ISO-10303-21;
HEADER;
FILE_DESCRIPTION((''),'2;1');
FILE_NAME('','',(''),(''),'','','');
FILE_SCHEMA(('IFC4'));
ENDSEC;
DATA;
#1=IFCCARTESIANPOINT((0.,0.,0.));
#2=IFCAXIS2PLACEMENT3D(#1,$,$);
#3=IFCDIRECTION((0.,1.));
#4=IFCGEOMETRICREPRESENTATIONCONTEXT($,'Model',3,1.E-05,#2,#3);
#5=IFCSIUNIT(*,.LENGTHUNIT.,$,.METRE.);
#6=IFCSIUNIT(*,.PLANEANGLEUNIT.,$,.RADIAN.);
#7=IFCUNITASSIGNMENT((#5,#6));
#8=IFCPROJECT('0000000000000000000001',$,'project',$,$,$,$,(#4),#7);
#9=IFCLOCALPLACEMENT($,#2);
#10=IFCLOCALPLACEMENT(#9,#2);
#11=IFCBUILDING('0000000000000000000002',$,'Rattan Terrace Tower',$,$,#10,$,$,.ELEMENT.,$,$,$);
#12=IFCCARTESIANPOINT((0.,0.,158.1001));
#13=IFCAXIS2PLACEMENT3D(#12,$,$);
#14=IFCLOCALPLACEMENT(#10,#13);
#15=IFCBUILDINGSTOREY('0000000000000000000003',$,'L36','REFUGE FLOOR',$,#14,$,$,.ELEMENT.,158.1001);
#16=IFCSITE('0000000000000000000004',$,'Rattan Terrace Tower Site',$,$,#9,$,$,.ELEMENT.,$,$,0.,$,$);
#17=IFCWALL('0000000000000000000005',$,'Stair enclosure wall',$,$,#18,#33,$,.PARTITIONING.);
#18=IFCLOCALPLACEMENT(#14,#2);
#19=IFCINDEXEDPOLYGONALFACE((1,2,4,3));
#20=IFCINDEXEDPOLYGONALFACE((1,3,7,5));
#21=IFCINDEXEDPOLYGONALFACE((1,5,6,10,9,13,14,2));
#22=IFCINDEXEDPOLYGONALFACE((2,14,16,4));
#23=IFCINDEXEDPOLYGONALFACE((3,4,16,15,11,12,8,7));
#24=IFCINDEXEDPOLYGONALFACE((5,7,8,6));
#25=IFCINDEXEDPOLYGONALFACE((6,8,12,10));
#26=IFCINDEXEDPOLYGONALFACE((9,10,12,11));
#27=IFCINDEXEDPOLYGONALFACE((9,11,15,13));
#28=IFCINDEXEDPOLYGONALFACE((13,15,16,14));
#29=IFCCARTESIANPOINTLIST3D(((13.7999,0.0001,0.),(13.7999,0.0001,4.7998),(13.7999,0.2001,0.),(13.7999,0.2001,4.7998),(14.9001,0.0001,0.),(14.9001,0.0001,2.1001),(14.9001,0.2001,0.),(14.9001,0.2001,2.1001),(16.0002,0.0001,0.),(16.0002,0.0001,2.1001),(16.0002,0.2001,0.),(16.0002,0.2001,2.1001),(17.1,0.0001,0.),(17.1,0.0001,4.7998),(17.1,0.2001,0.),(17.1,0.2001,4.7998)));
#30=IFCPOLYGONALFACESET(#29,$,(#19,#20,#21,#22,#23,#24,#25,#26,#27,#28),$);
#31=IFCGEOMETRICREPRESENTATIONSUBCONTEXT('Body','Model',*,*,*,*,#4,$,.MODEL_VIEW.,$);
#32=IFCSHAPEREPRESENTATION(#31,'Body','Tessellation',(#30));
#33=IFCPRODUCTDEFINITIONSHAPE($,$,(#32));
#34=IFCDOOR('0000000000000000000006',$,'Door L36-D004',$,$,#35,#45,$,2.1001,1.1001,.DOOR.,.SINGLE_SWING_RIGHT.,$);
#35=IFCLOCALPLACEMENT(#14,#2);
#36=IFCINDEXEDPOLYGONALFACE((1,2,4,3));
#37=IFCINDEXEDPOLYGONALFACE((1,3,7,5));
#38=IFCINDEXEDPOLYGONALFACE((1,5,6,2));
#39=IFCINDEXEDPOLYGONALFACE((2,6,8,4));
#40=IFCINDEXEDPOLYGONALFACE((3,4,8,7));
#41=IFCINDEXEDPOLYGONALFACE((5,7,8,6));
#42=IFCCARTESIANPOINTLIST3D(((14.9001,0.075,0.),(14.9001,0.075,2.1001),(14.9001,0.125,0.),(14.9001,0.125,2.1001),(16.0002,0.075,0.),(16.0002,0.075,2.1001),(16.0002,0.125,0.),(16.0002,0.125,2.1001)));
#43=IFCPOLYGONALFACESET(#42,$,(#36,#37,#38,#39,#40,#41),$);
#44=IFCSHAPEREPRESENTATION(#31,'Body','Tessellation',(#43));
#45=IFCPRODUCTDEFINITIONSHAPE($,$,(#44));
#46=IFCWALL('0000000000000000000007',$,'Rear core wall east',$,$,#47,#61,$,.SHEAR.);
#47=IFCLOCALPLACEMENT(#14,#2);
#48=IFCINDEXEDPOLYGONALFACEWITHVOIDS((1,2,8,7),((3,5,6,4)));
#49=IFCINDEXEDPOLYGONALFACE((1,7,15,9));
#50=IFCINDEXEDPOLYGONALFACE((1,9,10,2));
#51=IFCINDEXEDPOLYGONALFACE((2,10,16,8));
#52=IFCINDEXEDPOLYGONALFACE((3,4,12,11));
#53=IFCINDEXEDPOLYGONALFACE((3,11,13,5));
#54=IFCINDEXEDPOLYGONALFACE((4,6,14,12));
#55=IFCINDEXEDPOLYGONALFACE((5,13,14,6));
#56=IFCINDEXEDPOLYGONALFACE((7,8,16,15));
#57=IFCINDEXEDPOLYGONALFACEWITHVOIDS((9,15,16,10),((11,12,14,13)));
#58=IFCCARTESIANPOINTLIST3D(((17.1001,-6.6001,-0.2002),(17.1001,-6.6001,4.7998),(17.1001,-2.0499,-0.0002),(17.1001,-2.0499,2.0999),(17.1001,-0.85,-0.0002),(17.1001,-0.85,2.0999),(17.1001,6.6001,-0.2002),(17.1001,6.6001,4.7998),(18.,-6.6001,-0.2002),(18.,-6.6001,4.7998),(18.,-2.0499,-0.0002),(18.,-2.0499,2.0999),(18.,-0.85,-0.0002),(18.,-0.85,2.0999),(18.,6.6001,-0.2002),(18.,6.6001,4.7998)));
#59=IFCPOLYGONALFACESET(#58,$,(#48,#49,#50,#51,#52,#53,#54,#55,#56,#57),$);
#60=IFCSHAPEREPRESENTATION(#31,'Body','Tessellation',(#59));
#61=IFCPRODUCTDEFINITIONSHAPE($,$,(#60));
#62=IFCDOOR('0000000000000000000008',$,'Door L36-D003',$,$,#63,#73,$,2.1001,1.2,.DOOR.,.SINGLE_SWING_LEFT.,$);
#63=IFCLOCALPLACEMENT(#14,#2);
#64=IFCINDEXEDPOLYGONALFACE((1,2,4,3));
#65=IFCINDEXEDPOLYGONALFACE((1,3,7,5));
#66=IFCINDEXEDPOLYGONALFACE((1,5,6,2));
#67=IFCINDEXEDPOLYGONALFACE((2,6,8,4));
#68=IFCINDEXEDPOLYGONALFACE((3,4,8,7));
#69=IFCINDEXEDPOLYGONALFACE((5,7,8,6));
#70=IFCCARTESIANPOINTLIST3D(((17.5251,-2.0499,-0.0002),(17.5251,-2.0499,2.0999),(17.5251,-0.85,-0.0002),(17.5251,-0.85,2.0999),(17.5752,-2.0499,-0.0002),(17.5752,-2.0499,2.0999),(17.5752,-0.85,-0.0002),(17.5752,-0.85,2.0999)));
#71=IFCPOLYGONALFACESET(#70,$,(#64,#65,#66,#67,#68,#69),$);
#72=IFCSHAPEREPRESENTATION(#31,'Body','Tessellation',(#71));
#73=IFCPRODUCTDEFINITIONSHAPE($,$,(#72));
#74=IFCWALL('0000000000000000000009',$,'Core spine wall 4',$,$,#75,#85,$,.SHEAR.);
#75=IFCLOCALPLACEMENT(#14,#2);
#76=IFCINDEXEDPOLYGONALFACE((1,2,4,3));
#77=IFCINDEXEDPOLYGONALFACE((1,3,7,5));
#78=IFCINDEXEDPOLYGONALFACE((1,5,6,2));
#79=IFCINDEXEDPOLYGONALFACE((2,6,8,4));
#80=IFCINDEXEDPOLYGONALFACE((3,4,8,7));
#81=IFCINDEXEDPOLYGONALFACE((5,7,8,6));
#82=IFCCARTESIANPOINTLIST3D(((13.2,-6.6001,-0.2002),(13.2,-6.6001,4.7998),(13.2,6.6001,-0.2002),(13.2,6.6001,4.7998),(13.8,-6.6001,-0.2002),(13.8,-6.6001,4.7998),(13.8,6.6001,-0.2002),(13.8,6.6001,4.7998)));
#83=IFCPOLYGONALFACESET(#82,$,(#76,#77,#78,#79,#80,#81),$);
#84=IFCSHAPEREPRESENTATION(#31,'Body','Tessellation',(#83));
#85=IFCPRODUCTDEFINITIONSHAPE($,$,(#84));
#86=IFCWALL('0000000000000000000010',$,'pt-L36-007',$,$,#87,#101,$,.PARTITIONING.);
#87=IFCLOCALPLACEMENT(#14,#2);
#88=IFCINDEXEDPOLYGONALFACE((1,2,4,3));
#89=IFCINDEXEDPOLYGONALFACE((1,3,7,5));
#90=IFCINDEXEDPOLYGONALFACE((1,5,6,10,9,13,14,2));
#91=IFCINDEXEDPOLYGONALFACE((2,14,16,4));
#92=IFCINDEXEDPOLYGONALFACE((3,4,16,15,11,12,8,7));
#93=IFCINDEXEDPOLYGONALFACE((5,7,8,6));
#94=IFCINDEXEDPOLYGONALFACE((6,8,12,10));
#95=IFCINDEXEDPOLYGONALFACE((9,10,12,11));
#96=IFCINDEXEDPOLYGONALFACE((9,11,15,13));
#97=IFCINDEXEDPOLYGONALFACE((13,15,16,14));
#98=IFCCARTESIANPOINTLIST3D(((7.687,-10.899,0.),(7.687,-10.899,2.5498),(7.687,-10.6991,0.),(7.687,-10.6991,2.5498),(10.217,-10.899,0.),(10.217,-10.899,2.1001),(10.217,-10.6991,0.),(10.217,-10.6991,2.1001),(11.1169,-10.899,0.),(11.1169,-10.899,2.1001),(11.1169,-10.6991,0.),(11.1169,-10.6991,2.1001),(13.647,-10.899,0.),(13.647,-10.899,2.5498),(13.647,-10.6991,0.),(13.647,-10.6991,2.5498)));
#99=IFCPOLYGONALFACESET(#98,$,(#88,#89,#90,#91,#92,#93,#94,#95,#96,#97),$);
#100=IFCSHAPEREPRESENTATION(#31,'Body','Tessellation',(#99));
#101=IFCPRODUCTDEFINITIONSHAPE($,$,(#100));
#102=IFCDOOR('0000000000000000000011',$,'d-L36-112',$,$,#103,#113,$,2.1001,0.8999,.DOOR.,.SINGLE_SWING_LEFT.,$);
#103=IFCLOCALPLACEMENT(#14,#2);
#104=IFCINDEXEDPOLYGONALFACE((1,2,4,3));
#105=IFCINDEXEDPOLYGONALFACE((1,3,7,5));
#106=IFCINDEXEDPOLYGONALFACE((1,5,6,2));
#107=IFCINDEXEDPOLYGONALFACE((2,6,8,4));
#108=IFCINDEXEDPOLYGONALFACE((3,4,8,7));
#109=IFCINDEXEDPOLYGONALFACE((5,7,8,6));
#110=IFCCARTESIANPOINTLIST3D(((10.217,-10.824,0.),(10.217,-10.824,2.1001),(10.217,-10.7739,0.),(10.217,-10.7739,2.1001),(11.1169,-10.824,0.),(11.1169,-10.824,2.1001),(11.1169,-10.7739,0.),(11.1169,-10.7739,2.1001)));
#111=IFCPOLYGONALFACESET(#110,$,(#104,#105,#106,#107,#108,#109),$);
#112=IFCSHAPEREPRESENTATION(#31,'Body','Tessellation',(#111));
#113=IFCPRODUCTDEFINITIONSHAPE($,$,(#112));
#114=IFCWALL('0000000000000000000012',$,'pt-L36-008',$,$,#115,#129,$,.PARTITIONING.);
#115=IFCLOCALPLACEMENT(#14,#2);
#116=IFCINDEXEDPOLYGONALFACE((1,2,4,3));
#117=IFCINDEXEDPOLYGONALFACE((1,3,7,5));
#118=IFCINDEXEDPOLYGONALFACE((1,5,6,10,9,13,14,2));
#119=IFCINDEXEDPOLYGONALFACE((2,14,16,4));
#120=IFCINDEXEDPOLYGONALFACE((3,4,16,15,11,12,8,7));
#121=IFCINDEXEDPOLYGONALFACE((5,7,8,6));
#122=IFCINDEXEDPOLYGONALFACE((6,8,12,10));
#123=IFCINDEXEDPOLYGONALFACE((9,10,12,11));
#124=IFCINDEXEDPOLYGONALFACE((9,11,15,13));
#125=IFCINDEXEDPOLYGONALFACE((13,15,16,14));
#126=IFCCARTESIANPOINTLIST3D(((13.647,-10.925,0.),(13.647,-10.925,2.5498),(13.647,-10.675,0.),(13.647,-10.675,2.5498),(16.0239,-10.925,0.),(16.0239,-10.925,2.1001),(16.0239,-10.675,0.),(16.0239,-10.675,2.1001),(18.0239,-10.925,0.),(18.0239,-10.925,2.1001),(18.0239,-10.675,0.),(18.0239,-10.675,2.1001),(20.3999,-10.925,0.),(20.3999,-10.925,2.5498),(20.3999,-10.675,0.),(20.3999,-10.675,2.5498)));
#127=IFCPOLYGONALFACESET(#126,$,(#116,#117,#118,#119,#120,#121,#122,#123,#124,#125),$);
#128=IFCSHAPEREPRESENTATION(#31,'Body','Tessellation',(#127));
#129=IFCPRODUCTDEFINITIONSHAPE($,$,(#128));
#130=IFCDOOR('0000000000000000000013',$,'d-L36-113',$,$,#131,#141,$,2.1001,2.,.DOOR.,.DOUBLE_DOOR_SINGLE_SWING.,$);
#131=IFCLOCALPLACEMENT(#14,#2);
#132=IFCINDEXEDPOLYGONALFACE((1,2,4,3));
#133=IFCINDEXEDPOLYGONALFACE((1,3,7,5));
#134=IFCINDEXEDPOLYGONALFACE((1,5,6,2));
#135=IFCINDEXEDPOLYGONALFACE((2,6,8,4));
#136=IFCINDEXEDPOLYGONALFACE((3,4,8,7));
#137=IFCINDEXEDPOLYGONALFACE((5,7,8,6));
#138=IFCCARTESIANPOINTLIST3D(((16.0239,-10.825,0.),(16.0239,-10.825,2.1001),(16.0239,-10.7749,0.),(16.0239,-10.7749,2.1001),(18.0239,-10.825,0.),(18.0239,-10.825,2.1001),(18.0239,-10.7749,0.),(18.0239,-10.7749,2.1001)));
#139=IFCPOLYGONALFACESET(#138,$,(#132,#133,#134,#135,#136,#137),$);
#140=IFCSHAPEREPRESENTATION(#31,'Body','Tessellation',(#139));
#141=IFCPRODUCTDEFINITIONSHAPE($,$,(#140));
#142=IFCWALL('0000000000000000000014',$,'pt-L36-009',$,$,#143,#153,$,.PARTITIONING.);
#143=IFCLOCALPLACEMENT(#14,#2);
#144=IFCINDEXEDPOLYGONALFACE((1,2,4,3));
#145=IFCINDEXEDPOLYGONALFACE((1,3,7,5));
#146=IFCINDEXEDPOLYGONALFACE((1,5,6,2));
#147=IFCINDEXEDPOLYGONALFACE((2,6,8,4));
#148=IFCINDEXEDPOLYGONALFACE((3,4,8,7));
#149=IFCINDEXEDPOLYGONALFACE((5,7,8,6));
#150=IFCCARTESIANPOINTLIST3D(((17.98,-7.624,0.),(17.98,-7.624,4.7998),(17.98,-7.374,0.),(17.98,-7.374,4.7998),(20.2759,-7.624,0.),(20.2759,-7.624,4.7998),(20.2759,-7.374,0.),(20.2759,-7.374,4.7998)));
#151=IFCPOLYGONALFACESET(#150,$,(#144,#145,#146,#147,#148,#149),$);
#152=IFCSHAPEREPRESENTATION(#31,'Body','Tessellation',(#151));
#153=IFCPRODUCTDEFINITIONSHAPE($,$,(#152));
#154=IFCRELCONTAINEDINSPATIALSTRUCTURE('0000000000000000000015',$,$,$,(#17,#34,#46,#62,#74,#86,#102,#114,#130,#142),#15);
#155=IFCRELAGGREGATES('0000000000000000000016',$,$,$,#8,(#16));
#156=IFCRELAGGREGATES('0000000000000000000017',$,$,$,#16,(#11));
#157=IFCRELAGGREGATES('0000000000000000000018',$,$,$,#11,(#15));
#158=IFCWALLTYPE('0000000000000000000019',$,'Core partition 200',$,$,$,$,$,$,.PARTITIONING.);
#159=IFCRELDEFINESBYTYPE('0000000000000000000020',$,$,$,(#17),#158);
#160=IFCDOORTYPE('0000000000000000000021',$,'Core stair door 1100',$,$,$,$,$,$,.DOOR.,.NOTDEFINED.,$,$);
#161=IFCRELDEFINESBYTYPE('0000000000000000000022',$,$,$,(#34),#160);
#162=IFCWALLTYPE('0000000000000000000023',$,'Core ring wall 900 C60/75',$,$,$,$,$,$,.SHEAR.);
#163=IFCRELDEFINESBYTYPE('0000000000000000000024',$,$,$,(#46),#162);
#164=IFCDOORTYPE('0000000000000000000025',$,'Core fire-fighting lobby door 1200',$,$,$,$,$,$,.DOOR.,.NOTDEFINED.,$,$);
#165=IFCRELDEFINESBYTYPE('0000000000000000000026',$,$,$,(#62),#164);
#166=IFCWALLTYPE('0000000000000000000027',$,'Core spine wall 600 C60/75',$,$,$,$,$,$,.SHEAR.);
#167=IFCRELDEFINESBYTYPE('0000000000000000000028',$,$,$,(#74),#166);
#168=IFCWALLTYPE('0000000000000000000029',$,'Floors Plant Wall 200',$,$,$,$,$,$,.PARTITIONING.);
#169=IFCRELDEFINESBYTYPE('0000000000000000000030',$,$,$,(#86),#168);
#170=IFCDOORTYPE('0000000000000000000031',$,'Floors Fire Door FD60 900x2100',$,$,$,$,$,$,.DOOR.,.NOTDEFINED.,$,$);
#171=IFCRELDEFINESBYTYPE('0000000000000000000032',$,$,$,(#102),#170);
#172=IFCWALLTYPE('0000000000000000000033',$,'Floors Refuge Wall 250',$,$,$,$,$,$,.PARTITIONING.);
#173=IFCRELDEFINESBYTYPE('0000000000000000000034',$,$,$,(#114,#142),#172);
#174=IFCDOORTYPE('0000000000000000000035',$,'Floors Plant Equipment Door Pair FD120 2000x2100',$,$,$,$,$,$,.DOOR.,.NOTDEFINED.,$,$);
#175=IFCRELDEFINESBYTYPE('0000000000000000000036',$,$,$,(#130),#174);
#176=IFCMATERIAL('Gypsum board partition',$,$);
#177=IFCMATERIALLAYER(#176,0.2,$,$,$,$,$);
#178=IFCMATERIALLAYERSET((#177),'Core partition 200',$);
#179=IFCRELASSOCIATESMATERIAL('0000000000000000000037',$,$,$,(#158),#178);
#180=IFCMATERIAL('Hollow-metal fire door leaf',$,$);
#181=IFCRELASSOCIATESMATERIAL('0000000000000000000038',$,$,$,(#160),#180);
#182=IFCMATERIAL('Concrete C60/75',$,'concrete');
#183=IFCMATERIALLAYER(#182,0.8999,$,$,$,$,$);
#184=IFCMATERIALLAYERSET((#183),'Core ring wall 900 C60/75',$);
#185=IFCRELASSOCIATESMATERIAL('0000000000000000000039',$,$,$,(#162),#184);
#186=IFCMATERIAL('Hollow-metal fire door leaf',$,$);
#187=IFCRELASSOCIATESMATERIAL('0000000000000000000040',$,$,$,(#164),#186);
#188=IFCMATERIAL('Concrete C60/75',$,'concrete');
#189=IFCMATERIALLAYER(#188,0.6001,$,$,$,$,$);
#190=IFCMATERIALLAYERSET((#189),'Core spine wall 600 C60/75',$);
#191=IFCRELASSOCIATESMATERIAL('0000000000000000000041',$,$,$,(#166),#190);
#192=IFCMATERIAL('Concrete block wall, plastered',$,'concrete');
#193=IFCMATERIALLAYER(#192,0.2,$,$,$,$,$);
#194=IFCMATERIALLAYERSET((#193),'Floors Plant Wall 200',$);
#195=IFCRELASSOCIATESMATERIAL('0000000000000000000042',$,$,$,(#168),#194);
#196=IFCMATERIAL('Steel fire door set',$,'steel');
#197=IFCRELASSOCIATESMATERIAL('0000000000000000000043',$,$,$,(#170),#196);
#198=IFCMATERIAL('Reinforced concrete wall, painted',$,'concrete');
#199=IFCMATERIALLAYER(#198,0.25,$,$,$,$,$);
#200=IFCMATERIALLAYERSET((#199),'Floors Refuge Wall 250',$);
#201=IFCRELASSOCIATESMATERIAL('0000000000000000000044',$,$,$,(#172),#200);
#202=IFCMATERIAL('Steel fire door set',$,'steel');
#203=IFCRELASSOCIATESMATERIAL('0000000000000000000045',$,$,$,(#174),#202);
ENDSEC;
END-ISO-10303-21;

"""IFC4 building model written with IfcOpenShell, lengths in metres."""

from ifc_helpers import new_model, si_unit, direction, frame, frame_2d, origin, place, context, subcontext, project, spatial, rectangle, extrude, material, layer, layer_set, type_object, element, fill, save


model = new_model("IFC4")

# Units and contexts
model_context = context("Model", 3, precision=1e-05, world=origin(), true_north=direction((0.0, 1.0)))
body_context = subcontext(model_context, "Body", "Model", "MODEL_VIEW")
ifc_project = project(units=[si_unit("LENGTHUNIT", "METRE"), si_unit("PLANEANGLEUNIT", "RADIAN")], contexts=[model_context])

# Site, building, storey
site_placement = place(None, origin())
site = spatial("IfcSite", under=ifc_project, at=site_placement, Name="Rattan Terrace Tower Site", CompositionType="ELEMENT", RefElevation=0.0)
building_placement = place(site_placement, origin())
building = spatial("IfcBuilding", under=site, at=building_placement, Name="Rattan Terrace Tower", CompositionType="ELEMENT")
storey_placement = place(building_placement, frame((0.0, 0.0, 158.1001)))
storey = spatial("IfcBuildingStorey", under=building, at=storey_placement, Name="L36", Description="REFUGE FLOOR", CompositionType="ELEMENT", Elevation=158.1001)

# Walls, openings, doors
ifc_material_1 = material(Name="Gypsum board partition")
ifc_layer_1 = layer(ifc_material_1, 0.2)
ifc_layer_set_1 = layer_set([ifc_layer_1], Name="Core partition 200")
wall_type_1 = type_object("IfcWallType", Name="Core partition 200", PredefinedType="PARTITIONING", material=ifc_layer_set_1)
wall_1_placement = place(storey_placement, frame((13.8, 0.1001, 0.0), z_axis=(0.0, 0.0, 1.0), x_axis=(1.0, 0.0, 0.0)))
wall_1 = element("IfcWall", 1, at=wall_1_placement, inside=storey, type_object=wall_type_1, Name="Stair enclosure wall", PredefinedType="PARTITIONING", context=body_context, shape_type="SweptSolid", body=[
    extrude(rectangle(XDim=3.3, YDim=0.2, at=frame_2d((1.6499, 0.0))), origin(), (0.0, 0.0, 1.0), 4.7998),
])
opening_1_placement = place(wall_1_placement, frame((1.1001, 0.0, 0.0)))
opening_1 = element("IfcOpeningElement", 2, at=opening_1_placement, cuts=wall_1, PredefinedType="OPENING", context=body_context, shape_type="SweptSolid", body=[
    extrude(rectangle(XDim=1.1001, YDim=2.1001, at=frame_2d((0.55, 1.05))), frame((0.0, 0.1106, 0.0), z_axis=(0.0, -1.0, 0.0), x_axis=(1.0, 0.0, 0.0)), (0.0, 0.0, 1.0), 0.2209),
])
ifc_material_2 = material(Name="Hollow-metal fire door leaf")
door_type_1 = type_object("IfcDoorType", Name="Core stair door 1100", OperationType="NOTDEFINED", PredefinedType="DOOR", material=ifc_material_2)
door_1_placement = place(opening_1_placement, origin())
door_1 = element("IfcDoor", 3, at=door_1_placement, inside=storey, type_object=door_type_1, Name="Door L36-D004", OperationType="SINGLE_SWING_RIGHT", OverallHeight=2.1001, OverallWidth=1.1001, PredefinedType="DOOR", context=body_context, shape_type="SweptSolid", body=[
    extrude(rectangle(XDim=1.1001, YDim=2.1001, at=frame_2d((0.55, 1.05))), frame((0.0, 0.0249, 0.0), z_axis=(0.0, -1.0, 0.0), x_axis=(1.0, 0.0, 0.0)), (0.0, 0.0, 1.0), 0.05),
])
fill(opening_1, door_1)
ifc_material_3 = material(Name="Concrete C60/75", Category="concrete")
ifc_layer_2 = layer(ifc_material_3, 0.8999)
ifc_layer_set_2 = layer_set([ifc_layer_2], Name="Core ring wall 900 C60/75")
wall_type_2 = type_object("IfcWallType", Name="Core ring wall 900 C60/75", PredefinedType="SHEAR", material=ifc_layer_set_2)
wall_2_placement = place(storey_placement, frame((17.55, -6.6001, -0.2002), z_axis=(0.0, 0.0, 1.0), x_axis=(0.0, 1.0, 0.0)))
wall_2 = element("IfcWall", 4, at=wall_2_placement, inside=storey, type_object=wall_type_2, Name="Rear core wall east", PredefinedType="SHEAR", context=body_context, shape_type="SweptSolid", body=[
    extrude(rectangle(XDim=13.2002, YDim=0.8999, at=frame_2d((6.6001, 0.0))), origin(), (0.0, 0.0, 1.0), 5.0),
])
opening_2_placement = place(wall_2_placement, frame((4.55, 0.0, 0.2)))
opening_2 = element("IfcOpeningElement", 5, at=opening_2_placement, cuts=wall_2, PredefinedType="OPENING", context=body_context, shape_type="SweptSolid", body=[
    extrude(rectangle(XDim=1.2, YDim=2.1001, at=frame_2d((0.6001, 1.05))), frame((0.0, 0.4604, 0.0), z_axis=(0.0, -1.0, 0.0), x_axis=(1.0, 0.0, 0.0)), (0.0, 0.0, 1.0), 0.9209),
])
ifc_material_4 = material(Name="Hollow-metal fire door leaf")
door_type_2 = type_object("IfcDoorType", Name="Core fire-fighting lobby door 1200", OperationType="NOTDEFINED", PredefinedType="DOOR", material=ifc_material_4)
door_2_placement = place(opening_2_placement, origin())
door_2 = element("IfcDoor", 6, at=door_2_placement, inside=storey, type_object=door_type_2, Name="Door L36-D003", OperationType="SINGLE_SWING_LEFT", OverallHeight=2.1001, OverallWidth=1.2, PredefinedType="DOOR", context=body_context, shape_type="SweptSolid", body=[
    extrude(rectangle(XDim=1.2, YDim=2.1001, at=frame_2d((0.6001, 1.05))), frame((0.0, 0.0249, 0.0), z_axis=(0.0, -1.0, 0.0), x_axis=(1.0, 0.0, 0.0)), (0.0, 0.0, 1.0), 0.05),
])
fill(opening_2, door_2)

# Wall
ifc_material_5 = material(Name="Concrete C60/75", Category="concrete")
ifc_layer_3 = layer(ifc_material_5, 0.6001)
ifc_layer_set_3 = layer_set([ifc_layer_3], Name="Core spine wall 600 C60/75")
wall_type_3 = type_object("IfcWallType", Name="Core spine wall 600 C60/75", PredefinedType="SHEAR", material=ifc_layer_set_3)
wall_3_placement = place(storey_placement, frame((13.5, -6.6001, -0.2002), z_axis=(0.0, 0.0, 1.0), x_axis=(0.0, 1.0, 0.0)))
element("IfcWall", 7, at=wall_3_placement, inside=storey, type_object=wall_type_3, Name="Core spine wall 4", PredefinedType="SHEAR", context=body_context, shape_type="SweptSolid", body=[
    extrude(rectangle(XDim=13.2002, YDim=0.6001, at=frame_2d((6.6001, 0.0))), origin(), (0.0, 0.0, 1.0), 5.0),
])

# Walls, openings, doors
ifc_material_6 = material(Name="Concrete block wall, plastered", Category="concrete")
ifc_layer_4 = layer(ifc_material_6, 0.2)
ifc_layer_set_4 = layer_set([ifc_layer_4], Name="Floors Plant Wall 200")
wall_type_4 = type_object("IfcWallType", Name="Floors Plant Wall 200", PredefinedType="PARTITIONING", material=ifc_layer_set_4)
wall_4_placement = place(storey_placement, frame((13.647, -10.7991, 0.0), z_axis=(0.0, 0.0, 1.0), x_axis=(-1.0, 0.0, 0.0)))
wall_4 = element("IfcWall", 8, at=wall_4_placement, inside=storey, type_object=wall_type_4, Name="pt-L36-007", PredefinedType="PARTITIONING", context=body_context, shape_type="SweptSolid", body=[
    extrude(rectangle(XDim=5.96, YDim=0.2, at=frame_2d((2.98, 0.0))), origin(), (0.0, 0.0, 1.0), 2.5498),
])
opening_3_placement = place(wall_4_placement, frame((2.53, 0.0, 0.0)))
opening_3 = element("IfcOpeningElement", 9, at=opening_3_placement, cuts=wall_4, PredefinedType="OPENING", context=body_context, shape_type="SweptSolid", body=[
    extrude(rectangle(XDim=0.8999, YDim=2.1001, at=frame_2d((0.45, 1.05))), frame((0.0, 0.1106, 0.0), z_axis=(0.0, -1.0, 0.0), x_axis=(1.0, 0.0, 0.0)), (0.0, 0.0, 1.0), 0.2209),
])
ifc_material_7 = material(Name="Steel fire door set", Category="steel")
door_type_3 = type_object("IfcDoorType", Name="Floors Fire Door FD60 900x2100", OperationType="NOTDEFINED", PredefinedType="DOOR", material=ifc_material_7)
door_3_placement = place(opening_3_placement, origin())
door_3 = element("IfcDoor", 10, at=door_3_placement, inside=storey, type_object=door_type_3, Name="d-L36-112", OperationType="SINGLE_SWING_LEFT", OverallHeight=2.1001, OverallWidth=0.8999, PredefinedType="DOOR", context=body_context, shape_type="SweptSolid", body=[
    extrude(rectangle(XDim=0.8999, YDim=2.1001, at=frame_2d((0.45, 1.05))), frame((0.0, 0.0249, 0.0), z_axis=(0.0, -1.0, 0.0), x_axis=(1.0, 0.0, 0.0)), (0.0, 0.0, 1.0), 0.05),
])
fill(opening_3, door_3)
ifc_material_8 = material(Name="Reinforced concrete wall, painted", Category="concrete")
ifc_layer_5 = layer(ifc_material_8, 0.25)
ifc_layer_set_5 = layer_set([ifc_layer_5], Name="Floors Refuge Wall 250")
wall_type_5 = type_object("IfcWallType", Name="Floors Refuge Wall 250", PredefinedType="PARTITIONING", material=ifc_layer_set_5)
wall_5_placement = place(storey_placement, frame((20.3999, -10.8, 0.0), z_axis=(0.0, 0.0, 1.0), x_axis=(-1.0, 0.0, 0.0)))
wall_5 = element("IfcWall", 11, at=wall_5_placement, inside=storey, type_object=wall_type_5, Name="pt-L36-008", PredefinedType="PARTITIONING", context=body_context, shape_type="SweptSolid", body=[
    extrude(rectangle(XDim=6.7529, YDim=0.25, at=frame_2d((3.3765, 0.0))), origin(), (0.0, 0.0, 1.0), 2.5498),
])
opening_4_placement = place(wall_5_placement, frame((2.376, 0.0, 0.0)))
opening_4 = element("IfcOpeningElement", 12, at=opening_4_placement, cuts=wall_5, PredefinedType="OPENING", context=body_context, shape_type="SweptSolid", body=[
    extrude(rectangle(XDim=2.0, YDim=2.1001, at=frame_2d((1.0, 1.05))), frame((0.0, 0.1355, 0.0), z_axis=(0.0, -1.0, 0.0), x_axis=(1.0, 0.0, 0.0)), (0.0, 0.0, 1.0), 0.271),
])
ifc_material_9 = material(Name="Steel fire door set", Category="steel")
door_type_4 = type_object("IfcDoorType", Name="Floors Plant Equipment Door Pair FD120 2000x2100", OperationType="NOTDEFINED", PredefinedType="DOOR", material=ifc_material_9)
door_4_placement = place(opening_4_placement, origin())
door_4 = element("IfcDoor", 13, at=door_4_placement, inside=storey, type_object=door_type_4, Name="d-L36-113", OperationType="DOUBLE_DOOR_SINGLE_SWING", OverallHeight=2.1001, OverallWidth=2.0, PredefinedType="DOOR", context=body_context, shape_type="SweptSolid", body=[
    extrude(rectangle(XDim=2.0, YDim=2.1001, at=frame_2d((1.0, 1.05))), frame((0.0, 0.0249, 0.0), z_axis=(0.0, -1.0, 0.0), x_axis=(1.0, 0.0, 0.0)), (0.0, 0.0, 1.0), 0.05),
])
fill(opening_4, door_4)

# Wall
wall_6_placement = place(storey_placement, frame((17.98, -7.499, 0.0), z_axis=(0.0, 0.0, 1.0), x_axis=(1.0, 0.0, 0.0)))
element("IfcWall", 14, at=wall_6_placement, inside=storey, type_object=wall_type_5, Name="pt-L36-009", PredefinedType="PARTITIONING", context=body_context, shape_type="SweptSolid", body=[
    extrude(rectangle(XDim=2.2959, YDim=0.25, at=frame_2d((1.1479, 0.0))), origin(), (0.0, 0.0, 1.0), 4.7998),
])

save(model, "model.ifc")
